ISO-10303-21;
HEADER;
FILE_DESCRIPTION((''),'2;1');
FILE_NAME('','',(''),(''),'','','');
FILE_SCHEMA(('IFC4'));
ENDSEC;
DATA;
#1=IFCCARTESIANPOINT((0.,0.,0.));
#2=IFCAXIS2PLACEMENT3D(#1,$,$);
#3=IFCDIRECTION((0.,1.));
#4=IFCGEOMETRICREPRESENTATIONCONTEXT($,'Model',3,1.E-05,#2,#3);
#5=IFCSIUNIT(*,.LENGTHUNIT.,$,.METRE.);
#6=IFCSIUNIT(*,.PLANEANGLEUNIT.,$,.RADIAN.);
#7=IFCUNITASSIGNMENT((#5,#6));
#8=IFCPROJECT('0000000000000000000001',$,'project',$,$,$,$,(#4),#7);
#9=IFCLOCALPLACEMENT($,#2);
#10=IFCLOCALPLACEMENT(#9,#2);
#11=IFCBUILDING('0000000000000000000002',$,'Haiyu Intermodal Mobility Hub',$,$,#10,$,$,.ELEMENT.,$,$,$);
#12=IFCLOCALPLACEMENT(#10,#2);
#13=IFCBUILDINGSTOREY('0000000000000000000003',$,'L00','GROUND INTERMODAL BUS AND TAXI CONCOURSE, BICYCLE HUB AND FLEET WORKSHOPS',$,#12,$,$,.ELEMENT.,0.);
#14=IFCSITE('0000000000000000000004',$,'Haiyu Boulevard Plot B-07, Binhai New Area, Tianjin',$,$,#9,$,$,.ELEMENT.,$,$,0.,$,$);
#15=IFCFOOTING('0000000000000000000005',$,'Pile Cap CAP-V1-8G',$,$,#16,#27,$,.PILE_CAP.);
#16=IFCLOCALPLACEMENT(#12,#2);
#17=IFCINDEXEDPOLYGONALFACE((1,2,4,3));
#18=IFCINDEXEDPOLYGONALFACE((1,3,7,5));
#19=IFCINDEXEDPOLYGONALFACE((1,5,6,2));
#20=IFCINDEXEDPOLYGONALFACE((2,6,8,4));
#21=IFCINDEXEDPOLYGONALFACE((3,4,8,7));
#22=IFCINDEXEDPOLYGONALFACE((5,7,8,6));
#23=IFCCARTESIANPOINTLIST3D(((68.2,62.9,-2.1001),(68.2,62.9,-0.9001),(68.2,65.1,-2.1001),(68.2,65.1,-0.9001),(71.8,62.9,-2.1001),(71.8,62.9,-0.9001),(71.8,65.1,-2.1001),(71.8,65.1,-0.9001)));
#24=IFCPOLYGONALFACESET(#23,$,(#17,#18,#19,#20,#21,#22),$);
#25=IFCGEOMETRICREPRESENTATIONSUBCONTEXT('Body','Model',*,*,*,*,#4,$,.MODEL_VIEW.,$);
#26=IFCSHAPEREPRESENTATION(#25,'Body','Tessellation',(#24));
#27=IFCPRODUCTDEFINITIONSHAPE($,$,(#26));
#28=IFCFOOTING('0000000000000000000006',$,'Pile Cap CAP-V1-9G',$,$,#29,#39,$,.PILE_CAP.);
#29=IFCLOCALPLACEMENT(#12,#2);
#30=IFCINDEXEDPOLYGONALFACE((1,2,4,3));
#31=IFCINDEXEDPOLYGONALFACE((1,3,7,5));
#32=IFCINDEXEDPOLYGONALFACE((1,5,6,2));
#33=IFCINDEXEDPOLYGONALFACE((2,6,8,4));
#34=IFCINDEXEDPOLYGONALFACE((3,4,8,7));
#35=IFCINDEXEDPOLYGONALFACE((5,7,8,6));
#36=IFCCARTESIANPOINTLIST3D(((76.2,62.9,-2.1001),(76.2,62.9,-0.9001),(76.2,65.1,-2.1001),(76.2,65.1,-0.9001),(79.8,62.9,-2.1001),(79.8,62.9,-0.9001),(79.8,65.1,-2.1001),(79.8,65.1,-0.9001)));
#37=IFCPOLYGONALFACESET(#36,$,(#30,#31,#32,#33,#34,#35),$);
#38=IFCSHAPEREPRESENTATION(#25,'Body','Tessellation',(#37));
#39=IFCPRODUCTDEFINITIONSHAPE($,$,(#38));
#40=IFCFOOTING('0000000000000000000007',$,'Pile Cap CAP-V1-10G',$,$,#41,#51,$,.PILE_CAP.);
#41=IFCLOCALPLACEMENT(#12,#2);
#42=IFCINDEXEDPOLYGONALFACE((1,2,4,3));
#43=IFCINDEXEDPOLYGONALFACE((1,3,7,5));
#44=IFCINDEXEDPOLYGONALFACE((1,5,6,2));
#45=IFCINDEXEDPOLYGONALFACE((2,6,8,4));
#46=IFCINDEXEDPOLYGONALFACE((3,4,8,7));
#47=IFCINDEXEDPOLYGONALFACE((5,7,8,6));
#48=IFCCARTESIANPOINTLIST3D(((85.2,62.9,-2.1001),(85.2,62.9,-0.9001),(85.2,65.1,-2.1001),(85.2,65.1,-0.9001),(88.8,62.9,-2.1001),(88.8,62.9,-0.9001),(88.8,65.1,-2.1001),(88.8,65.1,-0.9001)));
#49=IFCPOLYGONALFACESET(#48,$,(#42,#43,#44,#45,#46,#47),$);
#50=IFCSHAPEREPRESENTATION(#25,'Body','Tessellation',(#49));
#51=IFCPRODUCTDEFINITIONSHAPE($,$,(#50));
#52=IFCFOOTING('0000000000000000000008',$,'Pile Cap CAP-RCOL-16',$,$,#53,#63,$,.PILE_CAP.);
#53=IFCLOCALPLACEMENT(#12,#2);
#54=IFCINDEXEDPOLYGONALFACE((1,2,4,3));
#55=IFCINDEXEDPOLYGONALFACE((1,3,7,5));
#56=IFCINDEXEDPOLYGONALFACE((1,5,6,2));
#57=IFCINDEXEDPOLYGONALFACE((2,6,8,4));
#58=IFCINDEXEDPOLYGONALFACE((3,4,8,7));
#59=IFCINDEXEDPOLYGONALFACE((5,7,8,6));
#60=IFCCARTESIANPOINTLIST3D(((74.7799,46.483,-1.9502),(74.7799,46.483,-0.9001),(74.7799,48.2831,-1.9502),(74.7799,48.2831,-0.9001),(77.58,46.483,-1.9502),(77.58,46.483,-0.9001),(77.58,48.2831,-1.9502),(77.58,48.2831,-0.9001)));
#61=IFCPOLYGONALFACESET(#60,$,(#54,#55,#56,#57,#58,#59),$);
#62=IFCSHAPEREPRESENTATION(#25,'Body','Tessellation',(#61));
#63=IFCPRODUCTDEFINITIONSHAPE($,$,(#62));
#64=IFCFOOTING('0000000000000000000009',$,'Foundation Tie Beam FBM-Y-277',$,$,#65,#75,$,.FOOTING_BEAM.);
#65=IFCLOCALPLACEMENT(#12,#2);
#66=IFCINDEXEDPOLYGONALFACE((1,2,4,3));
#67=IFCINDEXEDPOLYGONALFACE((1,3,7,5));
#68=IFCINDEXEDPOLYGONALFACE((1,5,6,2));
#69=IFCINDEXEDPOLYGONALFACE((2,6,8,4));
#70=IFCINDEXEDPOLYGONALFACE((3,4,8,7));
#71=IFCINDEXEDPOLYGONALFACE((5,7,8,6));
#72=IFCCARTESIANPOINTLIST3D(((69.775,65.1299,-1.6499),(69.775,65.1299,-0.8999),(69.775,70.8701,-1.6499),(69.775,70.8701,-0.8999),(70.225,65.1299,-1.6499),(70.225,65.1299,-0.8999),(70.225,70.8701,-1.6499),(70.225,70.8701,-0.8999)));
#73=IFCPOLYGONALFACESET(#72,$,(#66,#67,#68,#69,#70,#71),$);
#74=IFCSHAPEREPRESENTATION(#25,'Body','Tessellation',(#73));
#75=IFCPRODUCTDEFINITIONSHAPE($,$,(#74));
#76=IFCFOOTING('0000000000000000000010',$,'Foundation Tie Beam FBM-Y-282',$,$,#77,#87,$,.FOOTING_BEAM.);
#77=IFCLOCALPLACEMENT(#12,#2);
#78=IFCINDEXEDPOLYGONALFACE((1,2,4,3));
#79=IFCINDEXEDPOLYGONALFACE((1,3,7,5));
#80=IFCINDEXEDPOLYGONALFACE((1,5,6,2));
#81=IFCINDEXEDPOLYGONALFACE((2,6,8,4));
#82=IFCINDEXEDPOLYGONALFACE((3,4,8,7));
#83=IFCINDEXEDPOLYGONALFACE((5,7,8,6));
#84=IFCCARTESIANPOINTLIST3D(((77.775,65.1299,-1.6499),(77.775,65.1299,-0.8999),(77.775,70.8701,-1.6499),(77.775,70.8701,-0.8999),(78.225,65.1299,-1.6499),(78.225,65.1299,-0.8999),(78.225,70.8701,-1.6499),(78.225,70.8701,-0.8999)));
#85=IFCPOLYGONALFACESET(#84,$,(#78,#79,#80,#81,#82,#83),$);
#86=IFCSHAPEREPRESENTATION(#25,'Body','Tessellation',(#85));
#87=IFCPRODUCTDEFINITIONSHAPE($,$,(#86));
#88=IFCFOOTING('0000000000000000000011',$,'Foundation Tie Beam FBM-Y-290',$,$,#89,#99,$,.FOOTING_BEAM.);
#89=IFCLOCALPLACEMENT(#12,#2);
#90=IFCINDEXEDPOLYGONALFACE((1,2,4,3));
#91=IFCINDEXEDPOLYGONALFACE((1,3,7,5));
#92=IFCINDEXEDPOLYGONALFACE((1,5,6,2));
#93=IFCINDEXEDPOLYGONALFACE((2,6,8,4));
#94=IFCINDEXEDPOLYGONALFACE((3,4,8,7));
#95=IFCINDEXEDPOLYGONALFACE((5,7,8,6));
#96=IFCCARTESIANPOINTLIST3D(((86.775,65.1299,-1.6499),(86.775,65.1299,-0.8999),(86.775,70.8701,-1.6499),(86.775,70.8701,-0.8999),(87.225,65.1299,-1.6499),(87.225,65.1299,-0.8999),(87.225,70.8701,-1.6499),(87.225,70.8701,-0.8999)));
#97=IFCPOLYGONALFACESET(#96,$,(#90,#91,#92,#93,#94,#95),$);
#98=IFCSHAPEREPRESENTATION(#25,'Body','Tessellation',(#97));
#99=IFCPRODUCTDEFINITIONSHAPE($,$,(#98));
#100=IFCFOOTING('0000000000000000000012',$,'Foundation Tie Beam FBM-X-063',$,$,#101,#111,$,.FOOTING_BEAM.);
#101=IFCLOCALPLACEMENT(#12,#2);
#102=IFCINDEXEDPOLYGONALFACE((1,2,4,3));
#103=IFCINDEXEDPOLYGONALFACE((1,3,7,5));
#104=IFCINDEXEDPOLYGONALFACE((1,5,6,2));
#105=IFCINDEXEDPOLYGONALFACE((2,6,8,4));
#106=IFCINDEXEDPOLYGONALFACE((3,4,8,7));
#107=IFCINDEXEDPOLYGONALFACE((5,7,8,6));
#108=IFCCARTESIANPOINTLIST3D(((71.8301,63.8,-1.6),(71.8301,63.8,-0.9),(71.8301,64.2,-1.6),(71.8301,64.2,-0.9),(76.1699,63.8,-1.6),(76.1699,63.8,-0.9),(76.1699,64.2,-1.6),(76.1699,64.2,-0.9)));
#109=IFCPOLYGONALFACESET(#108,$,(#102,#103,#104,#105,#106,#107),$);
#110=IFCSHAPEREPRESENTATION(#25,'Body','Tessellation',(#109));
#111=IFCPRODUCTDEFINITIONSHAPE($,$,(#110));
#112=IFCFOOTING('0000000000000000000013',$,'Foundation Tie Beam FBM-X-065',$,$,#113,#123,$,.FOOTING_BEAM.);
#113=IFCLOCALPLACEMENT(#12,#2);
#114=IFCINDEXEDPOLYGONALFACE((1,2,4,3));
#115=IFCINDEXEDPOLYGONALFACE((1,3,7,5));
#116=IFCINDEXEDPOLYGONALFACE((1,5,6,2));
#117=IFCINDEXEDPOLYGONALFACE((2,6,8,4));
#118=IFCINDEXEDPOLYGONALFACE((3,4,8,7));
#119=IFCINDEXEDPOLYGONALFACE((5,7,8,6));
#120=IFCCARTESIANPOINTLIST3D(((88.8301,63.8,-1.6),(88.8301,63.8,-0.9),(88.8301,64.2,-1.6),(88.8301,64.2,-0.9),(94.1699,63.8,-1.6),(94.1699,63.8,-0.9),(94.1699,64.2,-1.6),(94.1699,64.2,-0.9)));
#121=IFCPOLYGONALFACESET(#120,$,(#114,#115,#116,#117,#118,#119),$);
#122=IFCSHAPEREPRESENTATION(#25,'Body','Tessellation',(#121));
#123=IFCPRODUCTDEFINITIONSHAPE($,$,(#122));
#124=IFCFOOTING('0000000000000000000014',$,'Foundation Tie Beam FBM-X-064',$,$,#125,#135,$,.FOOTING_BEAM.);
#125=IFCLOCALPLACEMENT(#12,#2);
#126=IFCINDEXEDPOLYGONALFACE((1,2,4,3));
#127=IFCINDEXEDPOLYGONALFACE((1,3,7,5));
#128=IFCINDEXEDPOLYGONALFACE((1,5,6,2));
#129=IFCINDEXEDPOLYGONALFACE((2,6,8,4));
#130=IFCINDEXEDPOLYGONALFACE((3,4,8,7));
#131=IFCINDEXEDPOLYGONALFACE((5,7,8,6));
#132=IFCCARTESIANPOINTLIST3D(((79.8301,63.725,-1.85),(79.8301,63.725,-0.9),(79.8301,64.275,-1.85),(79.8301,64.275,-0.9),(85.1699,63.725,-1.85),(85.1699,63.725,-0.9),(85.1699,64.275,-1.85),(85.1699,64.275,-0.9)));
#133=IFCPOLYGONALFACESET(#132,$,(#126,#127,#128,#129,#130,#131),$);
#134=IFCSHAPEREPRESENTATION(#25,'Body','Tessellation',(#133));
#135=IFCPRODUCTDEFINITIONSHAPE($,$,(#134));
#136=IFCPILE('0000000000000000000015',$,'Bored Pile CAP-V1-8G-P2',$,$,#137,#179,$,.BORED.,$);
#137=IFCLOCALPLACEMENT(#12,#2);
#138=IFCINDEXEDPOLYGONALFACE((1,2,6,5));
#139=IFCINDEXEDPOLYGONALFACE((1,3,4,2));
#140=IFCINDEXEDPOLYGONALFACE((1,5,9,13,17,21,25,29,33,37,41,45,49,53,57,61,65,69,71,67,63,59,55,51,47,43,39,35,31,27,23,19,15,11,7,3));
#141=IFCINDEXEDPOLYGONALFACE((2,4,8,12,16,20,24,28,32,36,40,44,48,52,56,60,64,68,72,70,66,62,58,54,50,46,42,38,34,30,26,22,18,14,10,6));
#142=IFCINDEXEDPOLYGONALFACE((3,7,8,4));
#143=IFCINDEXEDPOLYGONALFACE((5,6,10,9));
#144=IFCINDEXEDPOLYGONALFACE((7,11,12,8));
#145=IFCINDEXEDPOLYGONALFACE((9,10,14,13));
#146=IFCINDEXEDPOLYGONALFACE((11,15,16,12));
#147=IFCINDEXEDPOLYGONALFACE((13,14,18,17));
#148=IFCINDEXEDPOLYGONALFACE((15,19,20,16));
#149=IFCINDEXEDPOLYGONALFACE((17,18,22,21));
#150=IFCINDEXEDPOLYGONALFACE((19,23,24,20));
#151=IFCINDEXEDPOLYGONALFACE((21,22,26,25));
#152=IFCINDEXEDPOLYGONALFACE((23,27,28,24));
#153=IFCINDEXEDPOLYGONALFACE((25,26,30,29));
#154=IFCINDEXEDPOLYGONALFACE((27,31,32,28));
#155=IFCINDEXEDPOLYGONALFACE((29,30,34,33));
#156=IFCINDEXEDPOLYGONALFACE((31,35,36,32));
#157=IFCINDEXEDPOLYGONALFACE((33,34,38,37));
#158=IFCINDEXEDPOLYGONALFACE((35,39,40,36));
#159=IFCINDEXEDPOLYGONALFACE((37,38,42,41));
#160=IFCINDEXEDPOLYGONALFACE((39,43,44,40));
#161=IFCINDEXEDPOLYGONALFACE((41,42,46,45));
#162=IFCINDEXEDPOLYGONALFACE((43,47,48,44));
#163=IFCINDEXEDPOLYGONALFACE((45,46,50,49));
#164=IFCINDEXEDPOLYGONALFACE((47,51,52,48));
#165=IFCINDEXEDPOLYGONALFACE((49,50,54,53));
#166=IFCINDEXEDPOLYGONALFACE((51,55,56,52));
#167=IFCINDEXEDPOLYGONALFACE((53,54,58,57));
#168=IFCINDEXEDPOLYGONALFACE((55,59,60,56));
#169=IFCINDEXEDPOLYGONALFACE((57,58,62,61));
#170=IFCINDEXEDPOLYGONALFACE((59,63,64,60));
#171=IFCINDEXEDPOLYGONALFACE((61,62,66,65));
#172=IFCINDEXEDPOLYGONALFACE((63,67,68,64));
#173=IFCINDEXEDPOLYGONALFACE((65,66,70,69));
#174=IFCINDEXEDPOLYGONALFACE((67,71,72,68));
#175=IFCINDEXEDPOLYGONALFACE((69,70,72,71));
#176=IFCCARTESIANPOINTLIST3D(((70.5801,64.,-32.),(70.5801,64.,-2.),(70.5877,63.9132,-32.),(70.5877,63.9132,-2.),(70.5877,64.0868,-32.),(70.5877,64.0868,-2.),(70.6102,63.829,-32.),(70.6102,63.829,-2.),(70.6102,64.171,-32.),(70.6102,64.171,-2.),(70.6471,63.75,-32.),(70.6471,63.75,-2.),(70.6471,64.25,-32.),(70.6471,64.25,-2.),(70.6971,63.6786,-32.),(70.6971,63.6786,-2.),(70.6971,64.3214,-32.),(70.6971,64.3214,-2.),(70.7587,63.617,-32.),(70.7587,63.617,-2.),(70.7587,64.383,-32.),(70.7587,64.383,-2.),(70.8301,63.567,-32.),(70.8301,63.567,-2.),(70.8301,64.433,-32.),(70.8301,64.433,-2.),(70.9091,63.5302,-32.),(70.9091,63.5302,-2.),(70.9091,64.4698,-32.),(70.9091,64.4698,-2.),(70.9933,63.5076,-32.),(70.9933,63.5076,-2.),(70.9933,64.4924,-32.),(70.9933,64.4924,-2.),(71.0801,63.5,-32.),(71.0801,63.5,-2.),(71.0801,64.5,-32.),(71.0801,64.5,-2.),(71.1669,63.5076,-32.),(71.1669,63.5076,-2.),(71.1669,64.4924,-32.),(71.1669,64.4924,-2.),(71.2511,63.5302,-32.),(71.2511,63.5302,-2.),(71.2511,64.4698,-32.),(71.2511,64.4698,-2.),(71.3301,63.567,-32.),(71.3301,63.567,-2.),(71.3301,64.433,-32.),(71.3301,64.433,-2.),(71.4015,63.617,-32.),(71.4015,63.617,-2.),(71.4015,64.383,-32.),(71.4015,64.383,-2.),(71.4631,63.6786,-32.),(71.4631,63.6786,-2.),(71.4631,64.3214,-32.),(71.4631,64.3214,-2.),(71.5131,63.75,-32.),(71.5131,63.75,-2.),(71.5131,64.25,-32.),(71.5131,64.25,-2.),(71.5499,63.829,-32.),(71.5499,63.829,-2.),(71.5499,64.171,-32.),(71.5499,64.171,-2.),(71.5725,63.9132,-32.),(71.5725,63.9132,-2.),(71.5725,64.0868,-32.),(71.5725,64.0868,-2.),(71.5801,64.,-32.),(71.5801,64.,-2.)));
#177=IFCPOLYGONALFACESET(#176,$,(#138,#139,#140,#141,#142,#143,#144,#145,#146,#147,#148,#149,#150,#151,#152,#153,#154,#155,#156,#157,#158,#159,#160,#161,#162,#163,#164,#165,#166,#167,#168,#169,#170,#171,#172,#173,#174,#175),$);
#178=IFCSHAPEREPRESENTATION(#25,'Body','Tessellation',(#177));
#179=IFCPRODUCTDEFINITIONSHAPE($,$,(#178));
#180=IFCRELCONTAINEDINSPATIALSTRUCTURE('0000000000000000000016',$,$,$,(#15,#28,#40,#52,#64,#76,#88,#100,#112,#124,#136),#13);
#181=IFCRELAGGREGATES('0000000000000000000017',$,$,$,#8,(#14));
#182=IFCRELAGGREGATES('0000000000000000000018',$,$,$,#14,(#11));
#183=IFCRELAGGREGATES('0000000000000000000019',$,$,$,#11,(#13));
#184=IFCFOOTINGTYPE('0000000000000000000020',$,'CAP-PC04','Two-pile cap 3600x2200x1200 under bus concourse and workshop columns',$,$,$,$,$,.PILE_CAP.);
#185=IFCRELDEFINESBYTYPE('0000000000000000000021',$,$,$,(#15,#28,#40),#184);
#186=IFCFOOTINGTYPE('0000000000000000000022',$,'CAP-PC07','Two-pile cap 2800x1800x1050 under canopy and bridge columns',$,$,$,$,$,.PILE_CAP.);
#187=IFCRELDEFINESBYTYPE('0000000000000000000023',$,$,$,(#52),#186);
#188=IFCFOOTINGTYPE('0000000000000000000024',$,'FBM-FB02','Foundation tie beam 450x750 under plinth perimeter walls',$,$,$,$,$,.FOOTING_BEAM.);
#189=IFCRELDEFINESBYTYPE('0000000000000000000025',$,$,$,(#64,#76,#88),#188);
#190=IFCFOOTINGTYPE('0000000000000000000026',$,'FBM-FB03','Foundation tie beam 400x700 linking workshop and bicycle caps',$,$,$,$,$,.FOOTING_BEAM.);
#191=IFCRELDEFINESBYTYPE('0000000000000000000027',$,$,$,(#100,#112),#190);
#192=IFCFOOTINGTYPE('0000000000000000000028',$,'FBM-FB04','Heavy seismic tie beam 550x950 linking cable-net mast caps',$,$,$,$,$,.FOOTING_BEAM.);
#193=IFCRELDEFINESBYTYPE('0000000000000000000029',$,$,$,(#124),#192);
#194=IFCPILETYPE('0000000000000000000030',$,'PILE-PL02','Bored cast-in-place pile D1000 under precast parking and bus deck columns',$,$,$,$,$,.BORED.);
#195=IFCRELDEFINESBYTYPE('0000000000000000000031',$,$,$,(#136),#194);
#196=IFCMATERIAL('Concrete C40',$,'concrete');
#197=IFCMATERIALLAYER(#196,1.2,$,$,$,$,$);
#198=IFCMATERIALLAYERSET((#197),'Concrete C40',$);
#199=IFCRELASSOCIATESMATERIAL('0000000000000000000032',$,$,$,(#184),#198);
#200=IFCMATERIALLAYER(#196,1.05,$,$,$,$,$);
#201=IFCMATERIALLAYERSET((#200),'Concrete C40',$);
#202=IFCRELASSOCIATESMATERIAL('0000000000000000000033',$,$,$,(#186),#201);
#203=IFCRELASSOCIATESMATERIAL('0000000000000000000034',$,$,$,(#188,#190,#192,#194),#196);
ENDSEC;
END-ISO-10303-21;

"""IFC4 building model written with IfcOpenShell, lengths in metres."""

from ifc_helpers import new_model, si_unit, direction, frame, origin, origin_2d, place, context, subcontext, project, spatial, rectangle, circle, extrude, material, layer, layer_set, material_profile, profile_set, type_object, element, save


model = new_model("IFC4")

# Units and contexts
model_context = context("Model", 3, precision=1e-05, world=origin(), true_north=direction((0.0, 1.0)))
body_context = subcontext(model_context, "Body", "Model", "MODEL_VIEW")
ifc_project = project(units=[si_unit("LENGTHUNIT", "METRE"), si_unit("PLANEANGLEUNIT", "RADIAN")], contexts=[model_context])

# Site, building, storey
site_placement = place(None, origin())
site = spatial("IfcSite", under=ifc_project, at=site_placement, Name="Haiyu Boulevard Plot B-07, Binhai New Area, Tianjin", CompositionType="ELEMENT", RefElevation=0.0)
building_placement = place(site_placement, origin())
building = spatial("IfcBuilding", under=site, at=building_placement, Name="Haiyu Intermodal Mobility Hub", CompositionType="ELEMENT")
storey_placement = place(building_placement, origin())
storey = spatial("IfcBuildingStorey", under=building, at=storey_placement, Name="L00", Description="GROUND INTERMODAL BUS AND TAXI CONCOURSE, BICYCLE HUB AND FLEET WORKSHOPS", CompositionType="ELEMENT", Elevation=0.0)

# Footings
ifc_material_1 = material(Name="Concrete C40", Category="concrete")
ifc_layer_1 = layer(ifc_material_1, 1.2)
ifc_layer_set_1 = layer_set([ifc_layer_1], Name="Concrete C40")
footing_type_1 = type_object("IfcFootingType", Name="CAP-PC04", Description="Two-pile cap 3600x2200x1200 under bus concourse and workshop columns", PredefinedType="PILE_CAP", material=ifc_layer_set_1)
for number, where, z_axis, x_axis, name in (
    (1, (70.0, 64.0, -2.1001), (0.0, 0.0, 1.0), (1.0, 0.0, 0.0), "Pile Cap CAP-V1-8G"),
    (2, (78.0, 64.0, -2.1001), (0.0, 0.0, 1.0), (1.0, 0.0, 0.0), "Pile Cap CAP-V1-9G"),
    (3, (87.0, 64.0, -2.1001), (0.0, 0.0, 1.0), (1.0, 0.0, 0.0), "Pile Cap CAP-V1-10G"),
):
    element("IfcFooting", number, at=place(storey_placement, frame(where, z_axis=z_axis, x_axis=x_axis)), inside=storey, type_object=footing_type_1, Name=name, PredefinedType="PILE_CAP", context=body_context, shape_type="SweptSolid", body=[
        extrude(rectangle(XDim=3.6001, YDim=2.2, at=origin_2d()), origin(), (0.0, 0.0, 1.0), 1.2),
    ])
ifc_layer_2 = layer(ifc_material_1, 1.05)
ifc_layer_set_2 = layer_set([ifc_layer_2], Name="Concrete C40")
footing_type_2 = type_object("IfcFootingType", Name="CAP-PC07", Description="Two-pile cap 2800x1800x1050 under canopy and bridge columns", PredefinedType="PILE_CAP", material=ifc_layer_set_2)
footing_1_placement = place(storey_placement, frame((76.1799, 47.3831, -1.9502), z_axis=(0.0, 0.0, 1.0), x_axis=(1.0, 0.0, 0.0)))
element("IfcFooting", 4, at=footing_1_placement, inside=storey, type_object=footing_type_2, Name="Pile Cap CAP-RCOL-16", PredefinedType="PILE_CAP", context=body_context, shape_type="SweptSolid", body=[
    extrude(rectangle(XDim=2.8, YDim=1.8, at=origin_2d()), origin(), (0.0, 0.0, 1.0), 1.05),
])
ifc_material_profile_1 = material_profile(ifc_material_1, rectangle(XDim=0.45, YDim=0.75, at=origin_2d()), Name="FB450x750")
ifc_profile_set_1 = profile_set([ifc_material_profile_1], Name="Concrete C40")
footing_type_3 = type_object("IfcFootingType", Name="FBM-FB02", Description="Foundation tie beam 450x750 under plinth perimeter walls", PredefinedType="FOOTING_BEAM", material=ifc_profile_set_1)
for number, where, z_axis, x_axis, name in (
    (5, (70.0, 65.1299, -1.2749), (0.0, 1.0, 0.0), (-1.0, 0.0, 0.0), "Foundation Tie Beam FBM-Y-277"),
    (6, (78.0, 65.1299, -1.2749), (0.0, 1.0, 0.0), (-1.0, 0.0, 0.0), "Foundation Tie Beam FBM-Y-282"),
    (7, (87.0, 65.1299, -1.2749), (0.0, 1.0, 0.0), (-1.0, 0.0, 0.0), "Foundation Tie Beam FBM-Y-290"),
):
    element("IfcFooting", number, at=place(storey_placement, frame(where, z_axis=z_axis, x_axis=x_axis)), inside=storey, type_object=footing_type_3, Name=name, PredefinedType="FOOTING_BEAM", context=body_context, shape_type="SweptSolid", body=[
        extrude(rectangle(XDim=0.45, YDim=0.75, at=origin_2d()), origin(), (0.0, 0.0, 1.0), 5.7402),
    ])
ifc_material_profile_2 = material_profile(ifc_material_1, rectangle(XDim=0.3999, YDim=0.7, at=origin_2d()), Name="FB400x700")
ifc_profile_set_2 = profile_set([ifc_material_profile_2], Name="Concrete C40")
footing_type_4 = type_object("IfcFootingType", Name="FBM-FB03", Description="Foundation tie beam 400x700 linking workshop and bicycle caps", PredefinedType="FOOTING_BEAM", material=ifc_profile_set_2)
footing_2_placement = place(storey_placement, frame((71.8301, 64.0, -1.25), z_axis=(1.0, 0.0, 0.0), x_axis=(0.0, 1.0, 0.0)))
element("IfcFooting", 8, at=footing_2_placement, inside=storey, type_object=footing_type_4, Name="Foundation Tie Beam FBM-X-063", PredefinedType="FOOTING_BEAM", context=body_context, shape_type="SweptSolid", body=[
    extrude(rectangle(XDim=0.3999, YDim=0.7, at=origin_2d()), origin(), (0.0, 0.0, 1.0), 4.3398),
])
footing_3_placement = place(storey_placement, frame((88.8301, 64.0, -1.25), z_axis=(1.0, 0.0, 0.0), x_axis=(0.0, 1.0, 0.0)))
element("IfcFooting", 9, at=footing_3_placement, inside=storey, type_object=footing_type_4, Name="Foundation Tie Beam FBM-X-065", PredefinedType="FOOTING_BEAM", context=body_context, shape_type="SweptSolid", body=[
    extrude(rectangle(XDim=0.3999, YDim=0.7, at=origin_2d()), origin(), (0.0, 0.0, 1.0), 5.3398),
])
ifc_material_profile_3 = material_profile(ifc_material_1, rectangle(XDim=0.55, YDim=0.95, at=origin_2d()), Name="FB550x950")
ifc_profile_set_3 = profile_set([ifc_material_profile_3], Name="Concrete C40")
footing_type_5 = type_object("IfcFootingType", Name="FBM-FB04", Description="Heavy seismic tie beam 550x950 linking cable-net mast caps", PredefinedType="FOOTING_BEAM", material=ifc_profile_set_3)
footing_4_placement = place(storey_placement, frame((79.8301, 64.0, -1.375), z_axis=(1.0, 0.0, 0.0), x_axis=(0.0, 1.0, 0.0)))
element("IfcFooting", 10, at=footing_4_placement, inside=storey, type_object=footing_type_5, Name="Foundation Tie Beam FBM-X-064", PredefinedType="FOOTING_BEAM", context=body_context, shape_type="SweptSolid", body=[
    extrude(rectangle(XDim=0.55, YDim=0.95, at=origin_2d()), origin(), (0.0, 0.0, 1.0), 5.3398),
])

# Pile
ifc_material_profile_4 = material_profile(ifc_material_1, circle(Radius=0.5, at=origin_2d()), Name="PILE-D1000")
ifc_profile_set_4 = profile_set([ifc_material_profile_4], Name="Concrete C40")
pile_type_1 = type_object("IfcPileType", Name="PILE-PL02", Description="Bored cast-in-place pile D1000 under precast parking and bus deck columns", PredefinedType="BORED", material=ifc_profile_set_4)
for number, where, z_axis, x_axis, name in (
    (11, (71.0801, 64.0, -2.0), (0.0, 0.0, -1.0), (1.0, 0.0, 0.0), "Bored Pile CAP-V1-8G-P2"),
):
    element("IfcPile", number, at=place(storey_placement, frame(where, z_axis=z_axis, x_axis=x_axis)), inside=storey, type_object=pile_type_1, Name=name, PredefinedType="BORED", context=body_context, shape_type="SweptSolid", body=[
        extrude(circle(Radius=0.5, at=origin_2d()), origin(), (0.0, 0.0, 1.0), 30.0),
    ])

save(model, "model.ifc")
